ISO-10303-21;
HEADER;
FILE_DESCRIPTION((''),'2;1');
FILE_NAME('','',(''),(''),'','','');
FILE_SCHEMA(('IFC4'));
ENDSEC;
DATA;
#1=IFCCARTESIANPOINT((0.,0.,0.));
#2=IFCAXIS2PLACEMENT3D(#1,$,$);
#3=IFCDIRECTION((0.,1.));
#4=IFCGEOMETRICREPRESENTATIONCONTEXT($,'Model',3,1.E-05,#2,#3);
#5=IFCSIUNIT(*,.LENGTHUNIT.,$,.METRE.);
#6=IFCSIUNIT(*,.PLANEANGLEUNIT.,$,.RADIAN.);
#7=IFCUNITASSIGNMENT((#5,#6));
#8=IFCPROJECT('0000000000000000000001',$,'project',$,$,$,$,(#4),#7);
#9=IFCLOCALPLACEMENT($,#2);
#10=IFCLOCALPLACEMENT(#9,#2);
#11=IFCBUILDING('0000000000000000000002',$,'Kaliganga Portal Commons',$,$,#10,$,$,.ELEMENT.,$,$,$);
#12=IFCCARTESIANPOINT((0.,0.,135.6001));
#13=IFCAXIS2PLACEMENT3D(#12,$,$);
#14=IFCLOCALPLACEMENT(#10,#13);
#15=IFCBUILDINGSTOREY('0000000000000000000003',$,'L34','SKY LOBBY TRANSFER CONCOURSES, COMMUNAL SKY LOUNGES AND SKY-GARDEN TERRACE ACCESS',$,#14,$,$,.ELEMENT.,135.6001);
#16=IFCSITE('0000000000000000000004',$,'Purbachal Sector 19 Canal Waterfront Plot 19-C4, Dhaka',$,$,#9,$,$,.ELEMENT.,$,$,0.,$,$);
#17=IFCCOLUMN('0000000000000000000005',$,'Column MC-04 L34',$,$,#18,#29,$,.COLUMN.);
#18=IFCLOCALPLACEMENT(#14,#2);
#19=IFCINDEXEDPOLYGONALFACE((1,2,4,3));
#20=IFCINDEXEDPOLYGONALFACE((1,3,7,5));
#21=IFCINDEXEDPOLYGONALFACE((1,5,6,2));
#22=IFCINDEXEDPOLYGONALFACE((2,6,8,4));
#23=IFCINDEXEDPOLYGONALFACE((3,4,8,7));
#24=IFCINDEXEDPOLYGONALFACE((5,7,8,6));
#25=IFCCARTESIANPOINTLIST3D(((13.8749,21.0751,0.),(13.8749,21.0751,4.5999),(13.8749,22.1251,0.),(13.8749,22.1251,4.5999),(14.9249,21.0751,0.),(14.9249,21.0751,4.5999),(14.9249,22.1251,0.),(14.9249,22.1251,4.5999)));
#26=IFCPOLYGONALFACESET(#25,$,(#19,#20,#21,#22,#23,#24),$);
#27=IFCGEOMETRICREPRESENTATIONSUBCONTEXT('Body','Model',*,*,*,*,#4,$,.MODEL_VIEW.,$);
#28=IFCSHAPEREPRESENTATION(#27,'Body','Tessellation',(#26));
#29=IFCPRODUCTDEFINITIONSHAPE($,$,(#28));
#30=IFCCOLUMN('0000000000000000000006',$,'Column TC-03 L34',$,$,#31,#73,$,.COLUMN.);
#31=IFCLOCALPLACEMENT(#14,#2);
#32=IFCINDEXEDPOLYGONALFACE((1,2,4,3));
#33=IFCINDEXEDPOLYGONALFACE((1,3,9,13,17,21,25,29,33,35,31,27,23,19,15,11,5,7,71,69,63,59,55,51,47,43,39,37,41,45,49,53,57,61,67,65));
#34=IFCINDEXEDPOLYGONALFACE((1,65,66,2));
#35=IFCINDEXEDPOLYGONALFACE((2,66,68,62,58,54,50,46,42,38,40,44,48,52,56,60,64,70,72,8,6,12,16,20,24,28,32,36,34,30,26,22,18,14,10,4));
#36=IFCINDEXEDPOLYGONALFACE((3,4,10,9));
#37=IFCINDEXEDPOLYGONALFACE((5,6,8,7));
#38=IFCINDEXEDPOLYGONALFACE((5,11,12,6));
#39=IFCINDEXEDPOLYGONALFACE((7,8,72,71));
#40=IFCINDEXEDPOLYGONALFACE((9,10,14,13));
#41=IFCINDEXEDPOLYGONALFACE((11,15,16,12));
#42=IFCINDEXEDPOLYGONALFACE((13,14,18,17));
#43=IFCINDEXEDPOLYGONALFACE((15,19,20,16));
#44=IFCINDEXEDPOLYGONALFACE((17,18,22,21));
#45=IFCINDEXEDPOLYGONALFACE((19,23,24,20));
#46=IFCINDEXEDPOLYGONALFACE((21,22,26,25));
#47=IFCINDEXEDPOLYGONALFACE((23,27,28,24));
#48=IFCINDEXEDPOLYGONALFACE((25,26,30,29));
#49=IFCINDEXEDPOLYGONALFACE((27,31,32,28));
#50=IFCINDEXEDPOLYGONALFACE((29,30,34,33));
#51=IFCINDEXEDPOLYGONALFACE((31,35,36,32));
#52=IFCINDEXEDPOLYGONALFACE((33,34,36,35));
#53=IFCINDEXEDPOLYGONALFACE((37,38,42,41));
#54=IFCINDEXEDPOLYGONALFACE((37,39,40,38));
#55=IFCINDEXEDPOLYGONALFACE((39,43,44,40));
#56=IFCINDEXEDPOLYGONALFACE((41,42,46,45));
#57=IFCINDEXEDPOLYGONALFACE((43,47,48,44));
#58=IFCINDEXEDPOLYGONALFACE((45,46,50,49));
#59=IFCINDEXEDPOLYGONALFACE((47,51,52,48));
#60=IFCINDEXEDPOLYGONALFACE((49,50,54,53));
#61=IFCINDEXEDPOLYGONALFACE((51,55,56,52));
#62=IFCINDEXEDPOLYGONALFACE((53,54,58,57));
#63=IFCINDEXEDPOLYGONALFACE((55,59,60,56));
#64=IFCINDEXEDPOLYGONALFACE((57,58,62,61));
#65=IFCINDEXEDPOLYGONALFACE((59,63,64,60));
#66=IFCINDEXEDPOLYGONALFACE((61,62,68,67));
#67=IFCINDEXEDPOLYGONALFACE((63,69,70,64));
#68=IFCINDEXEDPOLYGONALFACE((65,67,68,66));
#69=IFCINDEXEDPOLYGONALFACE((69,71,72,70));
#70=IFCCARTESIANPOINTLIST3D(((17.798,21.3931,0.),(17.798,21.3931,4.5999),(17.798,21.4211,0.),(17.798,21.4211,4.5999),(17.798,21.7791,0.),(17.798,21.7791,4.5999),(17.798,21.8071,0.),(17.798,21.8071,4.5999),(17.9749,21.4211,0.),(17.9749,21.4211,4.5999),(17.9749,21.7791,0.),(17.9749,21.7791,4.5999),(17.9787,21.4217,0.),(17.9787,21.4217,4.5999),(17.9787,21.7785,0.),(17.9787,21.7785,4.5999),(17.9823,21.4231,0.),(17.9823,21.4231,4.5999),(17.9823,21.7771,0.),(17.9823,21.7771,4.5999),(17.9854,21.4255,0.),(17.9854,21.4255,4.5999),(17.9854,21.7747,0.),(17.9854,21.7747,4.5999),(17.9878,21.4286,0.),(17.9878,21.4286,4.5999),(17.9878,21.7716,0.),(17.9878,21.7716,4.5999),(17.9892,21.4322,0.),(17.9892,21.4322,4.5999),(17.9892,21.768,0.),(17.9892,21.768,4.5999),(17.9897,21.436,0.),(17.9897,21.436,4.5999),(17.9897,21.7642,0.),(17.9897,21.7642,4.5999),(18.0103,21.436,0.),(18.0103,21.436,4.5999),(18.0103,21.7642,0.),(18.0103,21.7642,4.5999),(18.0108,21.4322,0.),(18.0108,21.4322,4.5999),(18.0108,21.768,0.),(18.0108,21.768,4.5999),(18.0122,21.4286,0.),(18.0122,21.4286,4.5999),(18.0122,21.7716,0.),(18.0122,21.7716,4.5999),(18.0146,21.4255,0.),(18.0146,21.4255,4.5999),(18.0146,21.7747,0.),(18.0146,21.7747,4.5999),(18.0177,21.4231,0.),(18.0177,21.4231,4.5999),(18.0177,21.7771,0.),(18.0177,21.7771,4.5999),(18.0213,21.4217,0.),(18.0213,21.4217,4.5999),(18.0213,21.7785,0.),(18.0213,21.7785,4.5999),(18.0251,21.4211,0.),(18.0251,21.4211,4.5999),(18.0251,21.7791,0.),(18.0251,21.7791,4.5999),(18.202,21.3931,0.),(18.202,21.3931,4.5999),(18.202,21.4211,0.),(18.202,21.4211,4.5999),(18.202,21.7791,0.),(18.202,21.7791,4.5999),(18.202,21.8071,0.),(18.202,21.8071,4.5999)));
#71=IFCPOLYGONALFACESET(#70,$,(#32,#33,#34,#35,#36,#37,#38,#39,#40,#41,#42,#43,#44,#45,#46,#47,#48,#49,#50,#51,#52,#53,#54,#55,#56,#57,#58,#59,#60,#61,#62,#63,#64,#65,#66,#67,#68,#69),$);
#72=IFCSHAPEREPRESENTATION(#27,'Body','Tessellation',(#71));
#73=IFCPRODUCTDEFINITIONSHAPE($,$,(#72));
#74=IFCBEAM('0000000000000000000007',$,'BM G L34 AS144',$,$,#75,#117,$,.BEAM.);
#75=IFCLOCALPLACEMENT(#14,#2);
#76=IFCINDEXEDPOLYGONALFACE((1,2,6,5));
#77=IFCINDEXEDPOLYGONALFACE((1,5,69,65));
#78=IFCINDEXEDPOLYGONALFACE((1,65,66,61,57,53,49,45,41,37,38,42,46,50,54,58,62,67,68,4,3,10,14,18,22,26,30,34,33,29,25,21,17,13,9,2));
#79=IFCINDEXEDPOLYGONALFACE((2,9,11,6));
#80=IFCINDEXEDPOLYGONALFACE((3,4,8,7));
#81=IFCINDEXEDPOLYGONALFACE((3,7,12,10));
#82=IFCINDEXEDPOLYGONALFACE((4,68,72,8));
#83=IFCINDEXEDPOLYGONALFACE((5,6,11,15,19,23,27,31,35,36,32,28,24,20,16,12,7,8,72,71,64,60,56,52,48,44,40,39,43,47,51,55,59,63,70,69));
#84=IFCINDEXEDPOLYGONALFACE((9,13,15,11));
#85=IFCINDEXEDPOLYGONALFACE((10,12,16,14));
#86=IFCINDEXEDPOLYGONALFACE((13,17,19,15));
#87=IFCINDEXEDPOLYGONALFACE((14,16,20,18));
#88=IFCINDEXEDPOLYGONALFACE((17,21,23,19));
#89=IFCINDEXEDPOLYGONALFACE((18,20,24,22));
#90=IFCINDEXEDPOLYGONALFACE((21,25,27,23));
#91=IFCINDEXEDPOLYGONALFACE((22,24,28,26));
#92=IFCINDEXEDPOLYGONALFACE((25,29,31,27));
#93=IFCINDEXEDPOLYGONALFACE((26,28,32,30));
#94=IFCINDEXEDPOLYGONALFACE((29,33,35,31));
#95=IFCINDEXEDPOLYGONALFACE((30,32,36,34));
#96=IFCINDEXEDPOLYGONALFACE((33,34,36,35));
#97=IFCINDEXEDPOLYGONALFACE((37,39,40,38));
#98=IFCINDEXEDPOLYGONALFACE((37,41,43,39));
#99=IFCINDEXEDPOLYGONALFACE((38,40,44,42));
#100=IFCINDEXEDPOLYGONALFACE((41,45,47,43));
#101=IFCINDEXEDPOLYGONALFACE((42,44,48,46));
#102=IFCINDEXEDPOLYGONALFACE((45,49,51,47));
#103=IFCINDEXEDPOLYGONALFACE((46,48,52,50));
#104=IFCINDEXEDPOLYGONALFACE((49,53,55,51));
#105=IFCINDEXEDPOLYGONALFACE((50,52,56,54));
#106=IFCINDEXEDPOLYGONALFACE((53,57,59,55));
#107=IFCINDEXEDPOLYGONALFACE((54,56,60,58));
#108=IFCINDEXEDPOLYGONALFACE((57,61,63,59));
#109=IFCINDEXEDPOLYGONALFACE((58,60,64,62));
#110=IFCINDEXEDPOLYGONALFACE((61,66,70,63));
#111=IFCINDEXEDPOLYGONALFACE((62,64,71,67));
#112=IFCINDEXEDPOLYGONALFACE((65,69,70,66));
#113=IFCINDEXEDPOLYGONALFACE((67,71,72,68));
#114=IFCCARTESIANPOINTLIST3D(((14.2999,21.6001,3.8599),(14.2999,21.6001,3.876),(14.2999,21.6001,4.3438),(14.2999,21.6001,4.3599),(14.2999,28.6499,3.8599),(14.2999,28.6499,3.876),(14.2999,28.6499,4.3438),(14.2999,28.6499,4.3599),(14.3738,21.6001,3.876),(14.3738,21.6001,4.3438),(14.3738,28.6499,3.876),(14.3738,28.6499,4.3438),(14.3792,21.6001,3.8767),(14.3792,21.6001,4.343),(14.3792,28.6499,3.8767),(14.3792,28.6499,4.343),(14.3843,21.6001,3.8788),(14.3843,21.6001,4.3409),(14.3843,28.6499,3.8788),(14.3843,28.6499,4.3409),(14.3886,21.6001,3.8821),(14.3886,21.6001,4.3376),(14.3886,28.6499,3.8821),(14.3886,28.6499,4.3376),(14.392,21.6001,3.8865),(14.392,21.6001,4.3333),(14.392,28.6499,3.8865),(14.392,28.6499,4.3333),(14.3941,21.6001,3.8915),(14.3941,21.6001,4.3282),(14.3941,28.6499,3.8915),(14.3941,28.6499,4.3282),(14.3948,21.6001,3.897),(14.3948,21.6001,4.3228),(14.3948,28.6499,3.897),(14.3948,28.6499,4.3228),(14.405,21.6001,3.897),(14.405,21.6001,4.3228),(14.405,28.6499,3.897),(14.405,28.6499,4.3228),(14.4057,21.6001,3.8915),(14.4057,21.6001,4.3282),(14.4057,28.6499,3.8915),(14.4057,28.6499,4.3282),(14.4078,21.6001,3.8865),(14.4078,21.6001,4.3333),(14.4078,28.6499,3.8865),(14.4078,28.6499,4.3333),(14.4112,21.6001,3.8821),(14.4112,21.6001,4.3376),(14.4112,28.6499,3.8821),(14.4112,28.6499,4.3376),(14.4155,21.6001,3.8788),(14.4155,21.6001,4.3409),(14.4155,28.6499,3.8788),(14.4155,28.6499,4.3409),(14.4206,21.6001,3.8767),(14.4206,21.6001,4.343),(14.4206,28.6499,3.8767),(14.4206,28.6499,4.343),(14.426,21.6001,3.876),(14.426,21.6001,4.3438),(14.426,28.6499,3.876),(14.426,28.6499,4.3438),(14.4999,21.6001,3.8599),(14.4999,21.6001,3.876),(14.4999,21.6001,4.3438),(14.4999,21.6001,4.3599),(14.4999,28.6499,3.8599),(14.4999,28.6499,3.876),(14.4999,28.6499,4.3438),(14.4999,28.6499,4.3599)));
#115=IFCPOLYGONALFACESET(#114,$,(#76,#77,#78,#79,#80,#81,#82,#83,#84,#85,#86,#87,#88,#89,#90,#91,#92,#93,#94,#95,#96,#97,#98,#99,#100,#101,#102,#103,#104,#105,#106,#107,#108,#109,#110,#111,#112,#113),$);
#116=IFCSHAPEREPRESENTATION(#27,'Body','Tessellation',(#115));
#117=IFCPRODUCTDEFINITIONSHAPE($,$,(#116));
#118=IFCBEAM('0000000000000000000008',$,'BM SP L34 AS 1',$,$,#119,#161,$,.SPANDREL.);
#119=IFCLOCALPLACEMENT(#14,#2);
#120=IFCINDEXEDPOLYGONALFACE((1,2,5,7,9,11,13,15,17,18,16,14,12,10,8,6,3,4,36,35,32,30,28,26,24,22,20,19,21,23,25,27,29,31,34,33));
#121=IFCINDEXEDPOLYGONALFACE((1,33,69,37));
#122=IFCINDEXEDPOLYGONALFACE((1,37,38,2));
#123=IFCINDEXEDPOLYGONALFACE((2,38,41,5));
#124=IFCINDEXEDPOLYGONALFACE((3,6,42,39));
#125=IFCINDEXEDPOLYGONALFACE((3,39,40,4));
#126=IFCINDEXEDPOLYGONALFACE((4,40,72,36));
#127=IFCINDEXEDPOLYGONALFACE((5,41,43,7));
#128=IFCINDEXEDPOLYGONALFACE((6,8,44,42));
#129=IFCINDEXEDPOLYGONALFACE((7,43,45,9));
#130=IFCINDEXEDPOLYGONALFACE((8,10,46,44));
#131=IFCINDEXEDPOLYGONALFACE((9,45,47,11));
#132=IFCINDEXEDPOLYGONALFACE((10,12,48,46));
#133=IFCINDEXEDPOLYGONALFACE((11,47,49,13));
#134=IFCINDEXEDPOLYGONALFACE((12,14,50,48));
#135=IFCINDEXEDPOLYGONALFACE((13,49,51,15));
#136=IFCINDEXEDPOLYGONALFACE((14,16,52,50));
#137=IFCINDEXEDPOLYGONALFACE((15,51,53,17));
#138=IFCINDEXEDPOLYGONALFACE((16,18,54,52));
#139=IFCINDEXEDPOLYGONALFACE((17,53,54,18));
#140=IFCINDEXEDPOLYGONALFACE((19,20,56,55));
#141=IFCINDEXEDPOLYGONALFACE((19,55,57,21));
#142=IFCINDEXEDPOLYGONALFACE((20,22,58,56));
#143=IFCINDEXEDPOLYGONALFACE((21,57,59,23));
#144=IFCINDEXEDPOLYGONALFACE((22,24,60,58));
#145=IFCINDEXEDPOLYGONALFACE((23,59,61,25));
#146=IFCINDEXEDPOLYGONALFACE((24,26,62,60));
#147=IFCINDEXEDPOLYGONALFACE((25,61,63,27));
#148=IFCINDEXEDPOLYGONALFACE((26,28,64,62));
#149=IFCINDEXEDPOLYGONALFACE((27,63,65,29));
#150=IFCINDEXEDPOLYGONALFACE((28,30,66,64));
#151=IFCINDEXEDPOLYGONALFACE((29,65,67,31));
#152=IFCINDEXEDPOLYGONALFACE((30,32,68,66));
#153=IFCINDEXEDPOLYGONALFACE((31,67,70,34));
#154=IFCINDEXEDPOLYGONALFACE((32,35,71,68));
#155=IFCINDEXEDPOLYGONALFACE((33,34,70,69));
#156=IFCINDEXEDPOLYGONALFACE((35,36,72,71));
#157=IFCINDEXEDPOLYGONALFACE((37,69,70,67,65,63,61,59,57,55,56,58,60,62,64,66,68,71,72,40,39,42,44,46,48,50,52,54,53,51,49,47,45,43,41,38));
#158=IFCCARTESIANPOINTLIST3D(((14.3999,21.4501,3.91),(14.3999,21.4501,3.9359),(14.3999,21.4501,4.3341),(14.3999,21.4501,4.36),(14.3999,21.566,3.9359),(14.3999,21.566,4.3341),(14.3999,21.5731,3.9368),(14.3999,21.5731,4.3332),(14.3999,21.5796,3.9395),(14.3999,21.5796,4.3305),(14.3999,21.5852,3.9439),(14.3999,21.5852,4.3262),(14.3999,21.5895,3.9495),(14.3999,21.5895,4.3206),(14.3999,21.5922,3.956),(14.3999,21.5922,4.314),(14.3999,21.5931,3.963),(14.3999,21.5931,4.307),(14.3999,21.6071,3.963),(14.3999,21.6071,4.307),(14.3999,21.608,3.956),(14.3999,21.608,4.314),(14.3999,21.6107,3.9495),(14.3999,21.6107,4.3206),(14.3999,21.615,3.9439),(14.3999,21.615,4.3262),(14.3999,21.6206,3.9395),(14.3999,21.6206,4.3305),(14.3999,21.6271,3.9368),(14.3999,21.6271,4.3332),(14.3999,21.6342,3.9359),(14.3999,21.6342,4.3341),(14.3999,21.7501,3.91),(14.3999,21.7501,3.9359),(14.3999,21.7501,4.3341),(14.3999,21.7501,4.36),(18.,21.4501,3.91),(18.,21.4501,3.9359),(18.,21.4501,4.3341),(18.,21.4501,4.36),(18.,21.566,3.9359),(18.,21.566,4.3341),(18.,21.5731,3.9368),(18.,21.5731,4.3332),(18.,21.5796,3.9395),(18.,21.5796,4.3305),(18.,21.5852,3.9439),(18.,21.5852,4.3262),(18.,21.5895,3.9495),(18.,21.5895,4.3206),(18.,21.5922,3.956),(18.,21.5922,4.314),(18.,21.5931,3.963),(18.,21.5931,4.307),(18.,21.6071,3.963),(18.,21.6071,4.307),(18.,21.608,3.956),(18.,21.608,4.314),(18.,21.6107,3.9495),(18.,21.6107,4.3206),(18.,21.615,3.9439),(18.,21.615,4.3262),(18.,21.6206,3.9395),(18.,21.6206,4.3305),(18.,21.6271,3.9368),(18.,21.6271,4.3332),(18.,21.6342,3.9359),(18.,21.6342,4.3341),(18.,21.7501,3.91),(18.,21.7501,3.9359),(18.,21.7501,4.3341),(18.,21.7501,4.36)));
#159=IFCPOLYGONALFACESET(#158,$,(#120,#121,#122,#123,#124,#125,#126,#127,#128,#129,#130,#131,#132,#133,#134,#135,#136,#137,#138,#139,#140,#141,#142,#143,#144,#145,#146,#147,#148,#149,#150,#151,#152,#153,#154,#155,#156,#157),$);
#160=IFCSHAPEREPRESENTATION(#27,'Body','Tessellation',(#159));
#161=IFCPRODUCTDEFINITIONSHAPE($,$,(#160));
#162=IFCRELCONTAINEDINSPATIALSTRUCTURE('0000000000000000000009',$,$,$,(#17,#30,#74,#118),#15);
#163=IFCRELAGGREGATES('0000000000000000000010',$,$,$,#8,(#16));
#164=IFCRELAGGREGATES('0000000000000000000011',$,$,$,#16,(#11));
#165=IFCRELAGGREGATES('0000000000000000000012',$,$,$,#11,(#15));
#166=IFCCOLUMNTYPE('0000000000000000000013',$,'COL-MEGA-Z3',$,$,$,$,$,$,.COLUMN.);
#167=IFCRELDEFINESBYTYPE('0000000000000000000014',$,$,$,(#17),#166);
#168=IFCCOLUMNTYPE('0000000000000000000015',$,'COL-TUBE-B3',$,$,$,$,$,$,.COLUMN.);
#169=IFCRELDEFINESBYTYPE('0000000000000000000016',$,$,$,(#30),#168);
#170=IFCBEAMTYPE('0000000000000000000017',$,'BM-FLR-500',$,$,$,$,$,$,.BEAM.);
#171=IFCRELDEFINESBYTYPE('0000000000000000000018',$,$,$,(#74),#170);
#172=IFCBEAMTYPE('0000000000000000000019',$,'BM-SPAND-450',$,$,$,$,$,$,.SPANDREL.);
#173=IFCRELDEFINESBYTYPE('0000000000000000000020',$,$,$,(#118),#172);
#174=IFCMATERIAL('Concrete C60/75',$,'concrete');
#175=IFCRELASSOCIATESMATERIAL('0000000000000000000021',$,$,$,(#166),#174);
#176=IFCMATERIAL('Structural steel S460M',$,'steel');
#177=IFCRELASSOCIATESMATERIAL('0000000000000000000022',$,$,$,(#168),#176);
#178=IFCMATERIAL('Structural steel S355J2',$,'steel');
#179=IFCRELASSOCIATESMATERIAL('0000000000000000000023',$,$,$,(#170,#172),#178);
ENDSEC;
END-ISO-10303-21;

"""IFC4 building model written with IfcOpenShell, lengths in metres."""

from ifc_helpers import new_model, si_unit, direction, frame, origin, origin_2d, place, context, subcontext, project, spatial, rectangle, i_section, extrude, source, transform, mapped, material, material_profile, profile_set, type_object, element, save


model = new_model("IFC4")

# Units and contexts
model_context = context("Model", 3, precision=1e-05, world=origin(), true_north=direction((0.0, 1.0)))
body_context = subcontext(model_context, "Body", "Model", "MODEL_VIEW")
ifc_project = project(units=[si_unit("LENGTHUNIT", "METRE"), si_unit("PLANEANGLEUNIT", "RADIAN")], contexts=[model_context])

# Site, building, storey
site_placement = place(None, origin())
site = spatial("IfcSite", under=ifc_project, at=site_placement, Name="Purbachal Sector 19 Canal Waterfront Plot 19-C4, Dhaka", CompositionType="ELEMENT", RefElevation=0.0)
building_placement = place(site_placement, origin())
building = spatial("IfcBuilding", under=site, at=building_placement, Name="Kaliganga Portal Commons", CompositionType="ELEMENT")
storey_placement = place(building_placement, frame((0.0, 0.0, 135.6001)))
storey = spatial("IfcBuildingStorey", under=building, at=storey_placement, Name="L34", Description="SKY LOBBY TRANSFER CONCOURSES, COMMUNAL SKY LOUNGES AND SKY-GARDEN TERRACE ACCESS", CompositionType="ELEMENT", Elevation=135.6001)

# Columns
ifc_material_1 = material(Name="Concrete C60/75", Category="concrete")
ifc_material_profile_1 = material_profile(ifc_material_1, rectangle(XDim=1.05, YDim=1.05, at=origin_2d()), Name="RC 1050x1050")
ifc_profile_set_1 = profile_set([ifc_material_profile_1], Name="Concrete C60/75")
column_type_1 = type_object("IfcColumnType", Name="COL-MEGA-Z3", PredefinedType="COLUMN", material=ifc_profile_set_1)
shared_shape_1 = source(origin(), body_context, "Body", "SweptSolid", [
    extrude(rectangle(XDim=1.05, YDim=1.05, at=origin_2d()), origin(), (0.0, 0.0, 1.0), 4.5999),
])
column_1_placement = place(storey_placement, frame((14.3999, 21.6001, 0.0), z_axis=(0.0, 0.0, 1.0), x_axis=(1.0, 0.0, 0.0)))
element("IfcColumn", 1, at=column_1_placement, inside=storey, type_object=column_type_1, Name="Column MC-04 L34", PredefinedType="COLUMN", context=body_context, shape_type="MappedRepresentation", body=[
    mapped(shared_shape_1, transform((0.0, 0.0, 0.0), x_axis=(1.0, 0.0, 0.0), y_axis=(0.0, 1.0, 0.0), z_axis=(0.0, 0.0, 1.0), scale=1.0)),
])
ifc_material_2 = material(Name="Structural steel S460M", Category="steel")
ifc_material_profile_2 = material_profile(ifc_material_2, i_section(OverallWidth=0.4041, OverallDepth=0.4141, WebThickness=0.0205, FlangeThickness=0.0281, FilletRadius=0.0149, at=origin_2d()), Name="HD 400x347")
ifc_profile_set_2 = profile_set([ifc_material_profile_2], Name="Structural steel S460M wide-flange")
column_type_2 = type_object("IfcColumnType", Name="COL-TUBE-B3", PredefinedType="COLUMN", material=ifc_profile_set_2)
shared_shape_2 = source(origin(), body_context, "Body", "SweptSolid", [
    extrude(i_section(OverallWidth=0.4041, OverallDepth=0.4141, WebThickness=0.0205, FlangeThickness=0.0281, FilletRadius=0.0149, at=origin_2d()), origin(), (0.0, 0.0, 1.0), 4.5999),
])
column_2_placement = place(storey_placement, frame((18.0, 21.6001, 0.0), z_axis=(0.0, 0.0, 1.0), x_axis=(1.0, 0.0, 0.0)))
element("IfcColumn", 2, at=column_2_placement, inside=storey, type_object=column_type_2, Name="Column TC-03 L34", PredefinedType="COLUMN", context=body_context, shape_type="MappedRepresentation", body=[
    mapped(shared_shape_2, transform((0.0, 0.0, 0.0), x_axis=(1.0, 0.0, 0.0), y_axis=(0.0, 1.0, 0.0), z_axis=(0.0, 0.0, 1.0), scale=1.0)),
])

# Beams
ifc_material_3 = material(Name="Structural steel S355J2", Category="steel")
ifc_material_profile_3 = material_profile(ifc_material_3, i_section(OverallWidth=0.2, OverallDepth=0.5, WebThickness=0.0103, FlangeThickness=0.0161, FilletRadius=0.021, at=origin_2d()), Name="IPE 500")
ifc_profile_set_3 = profile_set([ifc_material_profile_3], Name="Structural steel S355J2 wide-flange")
beam_type_1 = type_object("IfcBeamType", Name="BM-FLR-500", PredefinedType="BEAM", material=ifc_profile_set_3)
shared_shape_3 = source(origin(), body_context, "Body", "SweptSolid", [
    extrude(i_section(OverallWidth=0.2, OverallDepth=0.5, WebThickness=0.0103, FlangeThickness=0.0161, FilletRadius=0.021, at=origin_2d()), origin(), (0.0, 0.0, 1.0), 7.0498),
])
beam_1_placement = place(storey_placement, frame((14.3999, 21.6001, 4.1099), z_axis=(0.0, 1.0, 0.0), x_axis=(-1.0, 0.0, 0.0)))
element("IfcBeam", 3, at=beam_1_placement, inside=storey, type_object=beam_type_1, Name="BM G L34 AS144", PredefinedType="BEAM", context=body_context, shape_type="MappedRepresentation", body=[
    mapped(shared_shape_3, transform((0.0, 0.0, 0.0), x_axis=(1.0, 0.0, 0.0), y_axis=(0.0, 1.0, 0.0), z_axis=(0.0, 0.0, 1.0), scale=1.0)),
])
ifc_material_profile_4 = material_profile(ifc_material_3, i_section(OverallWidth=0.3, OverallDepth=0.45, WebThickness=0.0139, FlangeThickness=0.0259, FilletRadius=0.0271, at=origin_2d()), Name="HE 450 B")
ifc_profile_set_4 = profile_set([ifc_material_profile_4], Name="Structural steel S355J2 wide-flange")
beam_type_2 = type_object("IfcBeamType", Name="BM-SPAND-450", PredefinedType="SPANDREL", material=ifc_profile_set_4)
shared_shape_4 = source(origin(), body_context, "Body", "SweptSolid", [
    extrude(i_section(OverallWidth=0.3, OverallDepth=0.45, WebThickness=0.0139, FlangeThickness=0.0259, FilletRadius=0.0271, at=origin_2d()), origin(), (0.0, 0.0, 1.0), 3.6001),
])
for number, where, z_axis, x_axis, name in (
    (4, (14.3999, 21.6001, 4.135), (1.0, 0.0, 0.0), (0.0, 1.0, 0.0), "BM SP L34 AS 1"),
):
    element("IfcBeam", number, at=place(storey_placement, frame(where, z_axis=z_axis, x_axis=x_axis)), inside=storey, type_object=beam_type_2, Name=name, PredefinedType="SPANDREL", context=body_context, shape_type="MappedRepresentation", body=[
        mapped(shared_shape_4, transform((0.0, 0.0, 0.0), x_axis=(1.0, 0.0, 0.0), y_axis=(0.0, 1.0, 0.0), z_axis=(0.0, 0.0, 1.0), scale=1.0)),
    ])

save(model, "model.ifc")
